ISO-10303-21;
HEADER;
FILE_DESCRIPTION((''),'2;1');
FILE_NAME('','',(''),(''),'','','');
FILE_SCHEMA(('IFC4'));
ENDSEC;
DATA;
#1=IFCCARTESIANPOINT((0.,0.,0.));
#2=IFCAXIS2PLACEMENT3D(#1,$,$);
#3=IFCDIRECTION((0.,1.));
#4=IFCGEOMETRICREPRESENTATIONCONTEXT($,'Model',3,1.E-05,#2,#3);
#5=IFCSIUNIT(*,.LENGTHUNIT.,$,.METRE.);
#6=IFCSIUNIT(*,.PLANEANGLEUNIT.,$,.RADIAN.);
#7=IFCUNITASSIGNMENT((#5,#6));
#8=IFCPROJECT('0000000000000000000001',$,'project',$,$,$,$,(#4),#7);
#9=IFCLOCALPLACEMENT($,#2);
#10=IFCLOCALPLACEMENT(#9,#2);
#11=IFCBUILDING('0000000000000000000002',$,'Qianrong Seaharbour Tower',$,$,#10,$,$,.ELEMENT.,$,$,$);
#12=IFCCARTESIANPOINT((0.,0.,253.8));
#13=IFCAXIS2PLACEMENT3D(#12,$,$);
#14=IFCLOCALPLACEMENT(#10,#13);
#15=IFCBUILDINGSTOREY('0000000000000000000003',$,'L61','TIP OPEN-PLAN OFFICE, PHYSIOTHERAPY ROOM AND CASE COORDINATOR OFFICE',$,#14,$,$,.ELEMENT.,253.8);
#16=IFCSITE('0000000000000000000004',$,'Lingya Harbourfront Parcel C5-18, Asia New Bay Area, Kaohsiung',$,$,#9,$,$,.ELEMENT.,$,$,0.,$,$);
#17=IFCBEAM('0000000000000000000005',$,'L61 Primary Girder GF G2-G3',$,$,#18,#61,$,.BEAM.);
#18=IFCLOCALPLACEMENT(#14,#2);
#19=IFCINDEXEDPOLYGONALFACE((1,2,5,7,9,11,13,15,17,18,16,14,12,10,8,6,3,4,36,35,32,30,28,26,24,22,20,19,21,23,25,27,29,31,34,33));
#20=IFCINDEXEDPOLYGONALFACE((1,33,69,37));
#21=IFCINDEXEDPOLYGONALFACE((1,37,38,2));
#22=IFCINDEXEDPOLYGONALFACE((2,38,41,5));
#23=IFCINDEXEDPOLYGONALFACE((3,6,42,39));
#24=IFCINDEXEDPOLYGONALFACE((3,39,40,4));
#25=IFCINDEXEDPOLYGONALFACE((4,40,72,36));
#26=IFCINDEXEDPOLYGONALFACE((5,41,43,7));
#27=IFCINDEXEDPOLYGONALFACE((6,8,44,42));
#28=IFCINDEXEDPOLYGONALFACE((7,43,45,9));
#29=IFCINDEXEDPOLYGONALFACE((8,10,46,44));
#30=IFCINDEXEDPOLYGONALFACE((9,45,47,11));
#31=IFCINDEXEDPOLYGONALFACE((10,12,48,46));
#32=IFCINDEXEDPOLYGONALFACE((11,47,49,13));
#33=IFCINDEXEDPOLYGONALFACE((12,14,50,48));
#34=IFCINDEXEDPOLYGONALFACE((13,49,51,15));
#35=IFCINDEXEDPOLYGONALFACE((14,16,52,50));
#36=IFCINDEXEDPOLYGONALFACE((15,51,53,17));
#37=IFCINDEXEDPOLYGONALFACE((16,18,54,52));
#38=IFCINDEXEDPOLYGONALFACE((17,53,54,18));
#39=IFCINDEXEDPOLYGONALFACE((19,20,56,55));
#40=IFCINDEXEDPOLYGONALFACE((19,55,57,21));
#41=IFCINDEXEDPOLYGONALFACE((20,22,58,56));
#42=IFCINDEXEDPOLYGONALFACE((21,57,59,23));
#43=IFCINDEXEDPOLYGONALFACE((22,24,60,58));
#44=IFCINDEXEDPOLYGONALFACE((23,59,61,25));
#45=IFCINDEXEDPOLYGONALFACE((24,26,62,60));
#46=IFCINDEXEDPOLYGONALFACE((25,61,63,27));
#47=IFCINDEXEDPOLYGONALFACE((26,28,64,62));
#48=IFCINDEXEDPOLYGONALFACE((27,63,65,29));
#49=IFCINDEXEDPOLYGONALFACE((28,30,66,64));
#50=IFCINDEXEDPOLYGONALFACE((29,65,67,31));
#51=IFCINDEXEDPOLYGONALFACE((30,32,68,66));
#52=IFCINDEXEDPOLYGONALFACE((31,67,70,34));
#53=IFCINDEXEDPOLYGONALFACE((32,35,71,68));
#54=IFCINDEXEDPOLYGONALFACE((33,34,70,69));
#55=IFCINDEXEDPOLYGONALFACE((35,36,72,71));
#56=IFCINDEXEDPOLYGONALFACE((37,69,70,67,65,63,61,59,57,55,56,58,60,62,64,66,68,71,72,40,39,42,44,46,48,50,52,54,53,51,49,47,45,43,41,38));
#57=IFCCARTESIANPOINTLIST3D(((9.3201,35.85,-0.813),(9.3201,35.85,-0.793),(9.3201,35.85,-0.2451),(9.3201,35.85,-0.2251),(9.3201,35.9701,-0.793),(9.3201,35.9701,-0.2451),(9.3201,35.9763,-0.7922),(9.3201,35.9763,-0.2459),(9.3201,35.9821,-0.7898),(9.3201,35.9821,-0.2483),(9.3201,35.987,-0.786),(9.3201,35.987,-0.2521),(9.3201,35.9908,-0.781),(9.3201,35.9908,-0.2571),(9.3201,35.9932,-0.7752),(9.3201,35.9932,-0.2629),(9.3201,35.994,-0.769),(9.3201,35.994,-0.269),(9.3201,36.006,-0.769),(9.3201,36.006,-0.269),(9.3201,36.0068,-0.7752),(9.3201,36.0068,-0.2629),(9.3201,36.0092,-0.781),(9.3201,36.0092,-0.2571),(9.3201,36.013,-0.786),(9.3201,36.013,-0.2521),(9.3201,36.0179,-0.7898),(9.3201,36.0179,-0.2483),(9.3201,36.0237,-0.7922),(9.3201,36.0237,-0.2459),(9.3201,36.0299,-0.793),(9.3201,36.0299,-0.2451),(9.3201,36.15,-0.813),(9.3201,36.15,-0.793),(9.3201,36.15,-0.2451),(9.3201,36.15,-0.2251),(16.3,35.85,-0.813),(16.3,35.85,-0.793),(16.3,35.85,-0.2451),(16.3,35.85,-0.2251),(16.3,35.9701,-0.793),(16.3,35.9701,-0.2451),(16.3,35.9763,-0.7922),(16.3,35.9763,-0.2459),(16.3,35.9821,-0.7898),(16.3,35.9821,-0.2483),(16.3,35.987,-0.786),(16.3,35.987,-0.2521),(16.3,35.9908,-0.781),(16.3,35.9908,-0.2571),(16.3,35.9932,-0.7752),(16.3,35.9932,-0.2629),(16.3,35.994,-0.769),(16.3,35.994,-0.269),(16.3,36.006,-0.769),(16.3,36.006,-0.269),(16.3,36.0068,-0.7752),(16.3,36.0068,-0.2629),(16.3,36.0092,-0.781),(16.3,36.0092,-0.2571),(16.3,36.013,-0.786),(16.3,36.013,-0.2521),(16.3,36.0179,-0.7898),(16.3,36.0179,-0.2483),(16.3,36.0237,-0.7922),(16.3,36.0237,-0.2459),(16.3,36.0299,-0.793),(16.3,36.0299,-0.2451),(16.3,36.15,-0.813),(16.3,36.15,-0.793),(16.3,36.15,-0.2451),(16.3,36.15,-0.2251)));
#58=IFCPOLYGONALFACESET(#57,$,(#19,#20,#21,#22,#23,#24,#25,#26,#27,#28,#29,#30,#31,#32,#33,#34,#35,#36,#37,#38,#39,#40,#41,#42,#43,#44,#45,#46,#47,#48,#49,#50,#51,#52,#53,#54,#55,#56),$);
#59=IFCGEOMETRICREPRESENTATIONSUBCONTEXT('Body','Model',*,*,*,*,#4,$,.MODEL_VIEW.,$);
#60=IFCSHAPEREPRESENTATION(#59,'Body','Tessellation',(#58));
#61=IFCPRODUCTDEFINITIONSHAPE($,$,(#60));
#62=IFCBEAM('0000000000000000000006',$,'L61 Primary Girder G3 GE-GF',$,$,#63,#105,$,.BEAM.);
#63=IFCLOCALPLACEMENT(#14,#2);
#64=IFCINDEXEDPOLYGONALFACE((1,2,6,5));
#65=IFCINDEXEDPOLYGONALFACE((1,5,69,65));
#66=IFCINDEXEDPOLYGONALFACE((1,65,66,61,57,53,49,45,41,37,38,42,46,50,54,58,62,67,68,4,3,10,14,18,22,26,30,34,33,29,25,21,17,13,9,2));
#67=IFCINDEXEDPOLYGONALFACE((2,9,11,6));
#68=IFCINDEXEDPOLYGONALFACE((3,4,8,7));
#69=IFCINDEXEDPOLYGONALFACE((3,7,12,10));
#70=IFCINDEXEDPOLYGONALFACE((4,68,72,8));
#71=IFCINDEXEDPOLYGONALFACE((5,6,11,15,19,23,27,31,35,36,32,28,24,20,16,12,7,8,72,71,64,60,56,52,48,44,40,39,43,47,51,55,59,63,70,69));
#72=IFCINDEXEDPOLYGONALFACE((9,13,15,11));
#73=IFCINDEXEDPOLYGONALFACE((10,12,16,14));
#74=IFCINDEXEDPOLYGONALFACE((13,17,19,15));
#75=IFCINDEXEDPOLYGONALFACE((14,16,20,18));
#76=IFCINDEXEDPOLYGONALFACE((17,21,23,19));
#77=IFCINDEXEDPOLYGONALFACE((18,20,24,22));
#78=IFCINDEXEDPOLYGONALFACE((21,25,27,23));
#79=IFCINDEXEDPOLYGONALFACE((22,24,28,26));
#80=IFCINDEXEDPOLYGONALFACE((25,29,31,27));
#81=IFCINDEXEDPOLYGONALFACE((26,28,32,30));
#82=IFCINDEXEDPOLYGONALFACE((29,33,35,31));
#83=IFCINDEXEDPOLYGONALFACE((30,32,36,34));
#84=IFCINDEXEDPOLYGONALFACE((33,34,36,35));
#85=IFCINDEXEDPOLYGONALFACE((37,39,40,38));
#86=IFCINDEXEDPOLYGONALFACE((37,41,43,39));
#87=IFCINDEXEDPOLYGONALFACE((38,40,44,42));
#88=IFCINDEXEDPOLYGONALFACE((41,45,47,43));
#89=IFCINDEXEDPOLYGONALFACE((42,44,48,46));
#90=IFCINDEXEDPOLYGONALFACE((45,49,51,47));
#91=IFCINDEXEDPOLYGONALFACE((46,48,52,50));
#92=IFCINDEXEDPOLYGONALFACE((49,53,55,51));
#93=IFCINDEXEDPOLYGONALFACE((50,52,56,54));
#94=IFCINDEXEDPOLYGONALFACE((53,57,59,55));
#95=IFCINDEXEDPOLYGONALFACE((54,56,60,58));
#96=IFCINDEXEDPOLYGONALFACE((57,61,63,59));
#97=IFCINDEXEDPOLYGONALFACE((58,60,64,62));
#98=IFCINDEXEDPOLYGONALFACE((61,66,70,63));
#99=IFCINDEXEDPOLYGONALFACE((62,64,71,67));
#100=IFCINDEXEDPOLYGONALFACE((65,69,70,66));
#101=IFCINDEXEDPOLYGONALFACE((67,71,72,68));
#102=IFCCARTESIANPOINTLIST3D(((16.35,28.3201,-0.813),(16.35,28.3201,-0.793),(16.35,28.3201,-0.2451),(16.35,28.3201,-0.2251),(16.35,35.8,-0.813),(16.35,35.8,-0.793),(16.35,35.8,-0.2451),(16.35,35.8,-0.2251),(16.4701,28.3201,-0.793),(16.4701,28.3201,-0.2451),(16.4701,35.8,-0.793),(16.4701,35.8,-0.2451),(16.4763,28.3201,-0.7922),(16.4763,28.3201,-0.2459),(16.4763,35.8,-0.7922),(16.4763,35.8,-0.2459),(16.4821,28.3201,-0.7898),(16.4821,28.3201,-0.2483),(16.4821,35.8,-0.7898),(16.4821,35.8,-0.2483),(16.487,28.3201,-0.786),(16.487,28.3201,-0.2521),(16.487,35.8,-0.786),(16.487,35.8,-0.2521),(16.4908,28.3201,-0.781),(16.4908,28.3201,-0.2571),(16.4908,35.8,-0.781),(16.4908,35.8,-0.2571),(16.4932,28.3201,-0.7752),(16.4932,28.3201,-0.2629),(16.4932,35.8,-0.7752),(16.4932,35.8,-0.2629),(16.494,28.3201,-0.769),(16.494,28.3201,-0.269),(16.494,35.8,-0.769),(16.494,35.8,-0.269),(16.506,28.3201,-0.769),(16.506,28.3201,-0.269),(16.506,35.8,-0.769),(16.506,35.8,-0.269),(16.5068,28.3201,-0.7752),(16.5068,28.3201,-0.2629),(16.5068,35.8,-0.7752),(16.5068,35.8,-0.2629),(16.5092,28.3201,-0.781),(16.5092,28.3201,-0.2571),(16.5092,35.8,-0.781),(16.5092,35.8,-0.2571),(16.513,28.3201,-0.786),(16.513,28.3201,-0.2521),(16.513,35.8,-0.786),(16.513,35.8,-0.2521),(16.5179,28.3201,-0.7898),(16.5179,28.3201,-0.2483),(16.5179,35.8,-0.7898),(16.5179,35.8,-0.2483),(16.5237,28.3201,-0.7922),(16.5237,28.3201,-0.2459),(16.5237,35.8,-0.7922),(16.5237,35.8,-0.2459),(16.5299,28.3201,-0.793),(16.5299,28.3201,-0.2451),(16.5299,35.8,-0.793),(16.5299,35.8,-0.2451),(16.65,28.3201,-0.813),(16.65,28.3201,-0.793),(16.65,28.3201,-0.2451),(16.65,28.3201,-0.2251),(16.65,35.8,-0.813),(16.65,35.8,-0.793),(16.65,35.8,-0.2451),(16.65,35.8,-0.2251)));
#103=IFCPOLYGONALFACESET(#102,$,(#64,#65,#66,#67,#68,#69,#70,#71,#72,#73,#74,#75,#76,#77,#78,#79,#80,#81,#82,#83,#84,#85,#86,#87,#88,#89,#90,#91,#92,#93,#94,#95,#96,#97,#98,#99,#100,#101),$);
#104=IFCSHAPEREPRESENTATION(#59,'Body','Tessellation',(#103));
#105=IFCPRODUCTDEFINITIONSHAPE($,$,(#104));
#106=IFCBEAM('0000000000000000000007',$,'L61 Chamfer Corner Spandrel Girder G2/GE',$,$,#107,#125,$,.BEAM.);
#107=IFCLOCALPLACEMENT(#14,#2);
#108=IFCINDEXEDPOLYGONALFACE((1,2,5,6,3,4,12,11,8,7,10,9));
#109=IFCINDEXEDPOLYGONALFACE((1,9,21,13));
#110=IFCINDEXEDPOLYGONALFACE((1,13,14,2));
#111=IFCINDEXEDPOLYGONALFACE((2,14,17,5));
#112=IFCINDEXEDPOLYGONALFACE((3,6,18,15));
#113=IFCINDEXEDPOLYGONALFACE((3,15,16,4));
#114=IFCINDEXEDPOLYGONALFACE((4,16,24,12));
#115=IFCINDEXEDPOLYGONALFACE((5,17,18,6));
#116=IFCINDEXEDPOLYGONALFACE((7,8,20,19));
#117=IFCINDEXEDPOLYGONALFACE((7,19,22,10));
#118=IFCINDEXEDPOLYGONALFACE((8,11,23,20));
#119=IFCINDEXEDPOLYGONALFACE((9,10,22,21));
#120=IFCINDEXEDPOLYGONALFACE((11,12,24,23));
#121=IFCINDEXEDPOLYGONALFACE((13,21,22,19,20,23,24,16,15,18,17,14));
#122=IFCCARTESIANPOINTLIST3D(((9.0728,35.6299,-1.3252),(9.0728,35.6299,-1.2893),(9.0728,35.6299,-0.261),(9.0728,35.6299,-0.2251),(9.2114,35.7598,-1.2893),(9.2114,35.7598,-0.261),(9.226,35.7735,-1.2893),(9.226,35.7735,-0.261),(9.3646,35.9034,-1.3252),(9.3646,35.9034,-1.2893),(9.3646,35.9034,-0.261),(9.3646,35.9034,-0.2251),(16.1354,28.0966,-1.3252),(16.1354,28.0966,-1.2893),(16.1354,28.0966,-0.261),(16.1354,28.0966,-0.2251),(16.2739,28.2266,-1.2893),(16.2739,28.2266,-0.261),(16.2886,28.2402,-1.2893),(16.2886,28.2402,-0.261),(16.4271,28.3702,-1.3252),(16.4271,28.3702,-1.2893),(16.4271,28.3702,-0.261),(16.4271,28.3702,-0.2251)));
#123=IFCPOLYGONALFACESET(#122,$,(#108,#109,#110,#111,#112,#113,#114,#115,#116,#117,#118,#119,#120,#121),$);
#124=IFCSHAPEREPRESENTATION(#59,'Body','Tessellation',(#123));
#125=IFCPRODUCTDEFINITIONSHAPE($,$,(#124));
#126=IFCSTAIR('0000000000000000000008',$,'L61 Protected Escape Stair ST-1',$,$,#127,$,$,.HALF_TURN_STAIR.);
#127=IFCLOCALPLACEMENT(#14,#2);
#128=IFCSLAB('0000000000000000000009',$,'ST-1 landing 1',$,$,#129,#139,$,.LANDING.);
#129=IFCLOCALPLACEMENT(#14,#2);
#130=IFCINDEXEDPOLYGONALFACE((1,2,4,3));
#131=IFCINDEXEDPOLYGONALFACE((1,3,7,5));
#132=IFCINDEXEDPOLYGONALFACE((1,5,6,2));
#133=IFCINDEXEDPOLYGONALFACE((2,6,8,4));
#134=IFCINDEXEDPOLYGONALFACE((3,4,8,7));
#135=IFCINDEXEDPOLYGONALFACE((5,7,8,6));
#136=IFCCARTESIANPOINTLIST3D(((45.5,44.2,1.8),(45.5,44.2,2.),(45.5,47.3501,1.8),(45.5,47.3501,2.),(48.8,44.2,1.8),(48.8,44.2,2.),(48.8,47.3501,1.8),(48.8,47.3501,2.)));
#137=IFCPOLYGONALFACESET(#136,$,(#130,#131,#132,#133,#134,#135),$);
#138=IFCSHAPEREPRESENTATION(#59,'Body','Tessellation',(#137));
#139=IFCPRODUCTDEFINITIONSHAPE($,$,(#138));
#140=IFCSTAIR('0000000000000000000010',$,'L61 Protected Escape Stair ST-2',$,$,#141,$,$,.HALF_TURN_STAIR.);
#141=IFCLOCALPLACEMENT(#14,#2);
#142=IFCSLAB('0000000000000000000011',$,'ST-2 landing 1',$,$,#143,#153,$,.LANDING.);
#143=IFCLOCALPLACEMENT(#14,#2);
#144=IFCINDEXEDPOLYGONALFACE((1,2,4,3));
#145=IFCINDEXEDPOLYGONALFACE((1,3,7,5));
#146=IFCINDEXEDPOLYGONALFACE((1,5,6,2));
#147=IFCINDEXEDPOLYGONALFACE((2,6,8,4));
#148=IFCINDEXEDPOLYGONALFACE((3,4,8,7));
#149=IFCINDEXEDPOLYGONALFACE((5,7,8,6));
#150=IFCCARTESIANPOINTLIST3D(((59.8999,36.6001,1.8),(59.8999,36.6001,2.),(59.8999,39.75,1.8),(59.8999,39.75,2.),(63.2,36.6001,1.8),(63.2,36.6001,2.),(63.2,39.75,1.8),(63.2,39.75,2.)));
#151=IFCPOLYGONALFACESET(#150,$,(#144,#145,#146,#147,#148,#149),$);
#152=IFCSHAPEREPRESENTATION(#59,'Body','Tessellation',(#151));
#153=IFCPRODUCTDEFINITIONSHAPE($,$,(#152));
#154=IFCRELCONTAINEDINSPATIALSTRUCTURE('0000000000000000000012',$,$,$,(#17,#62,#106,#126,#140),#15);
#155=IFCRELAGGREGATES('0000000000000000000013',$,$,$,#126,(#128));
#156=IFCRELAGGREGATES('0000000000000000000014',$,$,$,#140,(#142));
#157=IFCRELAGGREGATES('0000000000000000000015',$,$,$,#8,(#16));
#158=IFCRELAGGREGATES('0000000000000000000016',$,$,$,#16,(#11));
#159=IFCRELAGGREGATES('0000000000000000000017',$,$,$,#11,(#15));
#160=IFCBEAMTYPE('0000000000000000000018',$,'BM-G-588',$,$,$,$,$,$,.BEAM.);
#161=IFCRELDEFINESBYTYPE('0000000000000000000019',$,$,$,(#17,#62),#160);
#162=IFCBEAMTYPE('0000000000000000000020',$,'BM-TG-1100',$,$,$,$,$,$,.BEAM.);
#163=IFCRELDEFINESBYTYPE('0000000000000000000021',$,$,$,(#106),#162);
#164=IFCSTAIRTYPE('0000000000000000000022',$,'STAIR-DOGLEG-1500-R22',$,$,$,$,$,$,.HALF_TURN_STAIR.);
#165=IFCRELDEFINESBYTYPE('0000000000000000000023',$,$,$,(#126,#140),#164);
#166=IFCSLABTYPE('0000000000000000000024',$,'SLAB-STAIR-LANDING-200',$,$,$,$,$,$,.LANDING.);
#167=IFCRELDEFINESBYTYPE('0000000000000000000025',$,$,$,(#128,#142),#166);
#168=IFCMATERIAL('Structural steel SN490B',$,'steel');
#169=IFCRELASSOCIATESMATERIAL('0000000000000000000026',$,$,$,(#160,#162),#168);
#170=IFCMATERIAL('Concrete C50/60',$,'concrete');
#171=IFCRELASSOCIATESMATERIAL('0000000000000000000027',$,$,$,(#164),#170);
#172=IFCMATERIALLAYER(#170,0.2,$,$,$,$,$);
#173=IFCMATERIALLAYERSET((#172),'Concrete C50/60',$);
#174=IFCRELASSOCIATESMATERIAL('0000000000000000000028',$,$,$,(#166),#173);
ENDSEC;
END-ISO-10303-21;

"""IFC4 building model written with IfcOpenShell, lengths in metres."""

from ifc_helpers import new_model, si_unit, direction, frame, origin, origin_2d, place, context, subcontext, project, spatial, polyline, i_section, outline, extrude, material, layer, layer_set, material_profile, profile_set, type_object, element, aggregate, save


model = new_model("IFC4")

# Units and contexts
model_context = context("Model", 3, precision=1e-05, world=origin(), true_north=direction((0.0, 1.0)))
body_context = subcontext(model_context, "Body", "Model", "MODEL_VIEW")
ifc_project = project(units=[si_unit("LENGTHUNIT", "METRE"), si_unit("PLANEANGLEUNIT", "RADIAN")], contexts=[model_context])

# Site, building, storey
site_placement = place(None, origin())
site = spatial("IfcSite", under=ifc_project, at=site_placement, Name="Lingya Harbourfront Parcel C5-18, Asia New Bay Area, Kaohsiung", CompositionType="ELEMENT", RefElevation=0.0)
building_placement = place(site_placement, origin())
building = spatial("IfcBuilding", under=site, at=building_placement, Name="Qianrong Seaharbour Tower", CompositionType="ELEMENT")
storey_placement = place(building_placement, frame((0.0, 0.0, 253.8)))
storey = spatial("IfcBuildingStorey", under=building, at=storey_placement, Name="L61", Description="TIP OPEN-PLAN OFFICE, PHYSIOTHERAPY ROOM AND CASE COORDINATOR OFFICE", CompositionType="ELEMENT", Elevation=253.8)

# Shared definitions
ifc_material_1 = material(Name="Structural steel SN490B", Category="steel")

# Beams
ifc_material_profile_1 = material_profile(ifc_material_1, i_section(OverallWidth=0.3, OverallDepth=0.5879, WebThickness=0.012, FlangeThickness=0.02, FilletRadius=0.0239, at=origin_2d()), Name="H588x300x12x20")
ifc_profile_set_1 = profile_set([ifc_material_profile_1], Name="Structural steel SN490B")
beam_type_1 = type_object("IfcBeamType", Name="BM-G-588", PredefinedType="BEAM", material=ifc_profile_set_1)
beam_1_placement = place(storey_placement, frame((9.3201, 36.0, -0.519), z_axis=(1.0, 0.0, 0.0), x_axis=(0.0, 1.0, 0.0)))
element("IfcBeam", 1, at=beam_1_placement, inside=storey, type_object=beam_type_1, Name="L61 Primary Girder GF G2-G3", PredefinedType="BEAM", context=body_context, shape_type="SweptSolid", body=[
    extrude(i_section(OverallWidth=0.3, OverallDepth=0.5879, WebThickness=0.012, FlangeThickness=0.02, FilletRadius=0.0239, at=origin_2d()), origin(), (0.0, 0.0, 1.0), 6.98),
])
beam_2_placement = place(storey_placement, frame((16.5, 28.3201, -0.519), z_axis=(0.0, 1.0, 0.0), x_axis=(-1.0, 0.0, 0.0)))
element("IfcBeam", 2, at=beam_2_placement, inside=storey, type_object=beam_type_1, Name="L61 Primary Girder G3 GE-GF", PredefinedType="BEAM", context=body_context, shape_type="SweptSolid", body=[
    extrude(i_section(OverallWidth=0.3, OverallDepth=0.5879, WebThickness=0.012, FlangeThickness=0.02, FilletRadius=0.0239, at=origin_2d()), origin(), (0.0, 0.0, 1.0), 7.48),
])
ifc_material_profile_2 = material_profile(ifc_material_1, i_section(OverallWidth=0.3999, OverallDepth=1.1001, WebThickness=0.02, FlangeThickness=0.0359, at=origin_2d()), Name="BH1100x400x20x36")
ifc_profile_set_2 = profile_set([ifc_material_profile_2], Name="Structural steel SN490B")
beam_type_2 = type_object("IfcBeamType", Name="BM-TG-1100", PredefinedType="BEAM", material=ifc_profile_set_2)
beam_3_placement = place(storey_placement, frame((16.2812, 28.2334, -0.7751), z_axis=(-0.683947, 0.729531, 0.0), x_axis=(-0.729531, -0.683947, 0.0)))
element("IfcBeam", 3, at=beam_3_placement, inside=storey, type_object=beam_type_2, Name="L61 Chamfer Corner Spandrel Girder G2/GE", PredefinedType="BEAM", context=body_context, shape_type="SweptSolid", body=[
    extrude(i_section(OverallWidth=0.3999, OverallDepth=1.1001, WebThickness=0.02, FlangeThickness=0.0359, at=origin_2d()), origin(), (0.0, 0.0, 1.0), 10.3262),
])

# Stairs, slabs
ifc_material_2 = material(Name="Concrete C50/60", Category="concrete")
stair_type = type_object("IfcStairType", Name="STAIR-DOGLEG-1500-R22", PredefinedType="HALF_TURN_STAIR", material=ifc_material_2)
stair_1_placement = place(storey_placement, origin())
stair_1 = element("IfcStair", 4, at=stair_1_placement, inside=storey, type_object=stair_type, Name="L61 Protected Escape Stair ST-1", PredefinedType="HALF_TURN_STAIR")
ifc_layer_1 = layer(ifc_material_2, 0.2)
ifc_layer_set_1 = layer_set([ifc_layer_1], Name="Concrete C50/60")
slab_type_1 = type_object("IfcSlabType", Name="SLAB-STAIR-LANDING-200", PredefinedType="LANDING", material=ifc_layer_set_1)
slab_1_placement = place(storey_placement, frame((0.0, 0.0, 1.8)))
slab_1 = element("IfcSlab", 5, at=slab_1_placement, type_object=slab_type_1, Name="ST-1 landing 1", PredefinedType="LANDING", context=body_context, shape_type="SweptSolid", body=[
    extrude(outline(polyline([(45.5, 44.2), (48.8, 44.2), (48.8, 47.3501), (45.5, 47.3501), (45.5, 44.2)])), origin(), (0.0, 0.0, 1.0), 0.2),
])
aggregate(stair_1, [slab_1])
stair_2_placement = place(storey_placement, origin())
stair_2 = element("IfcStair", 6, at=stair_2_placement, inside=storey, type_object=stair_type, Name="L61 Protected Escape Stair ST-2", PredefinedType="HALF_TURN_STAIR")
slab_2_placement = place(storey_placement, frame((0.0, 0.0, 1.8)))
slab_2 = element("IfcSlab", 7, at=slab_2_placement, type_object=slab_type_1, Name="ST-2 landing 1", PredefinedType="LANDING", context=body_context, shape_type="SweptSolid", body=[
    extrude(outline(polyline([(59.8999, 36.6001), (63.2, 36.6001), (63.2, 39.75), (59.8999, 39.75), (59.8999, 36.6001)])), origin(), (0.0, 0.0, 1.0), 0.2),
])
aggregate(stair_2, [slab_2])

save(model, "model.ifc")
